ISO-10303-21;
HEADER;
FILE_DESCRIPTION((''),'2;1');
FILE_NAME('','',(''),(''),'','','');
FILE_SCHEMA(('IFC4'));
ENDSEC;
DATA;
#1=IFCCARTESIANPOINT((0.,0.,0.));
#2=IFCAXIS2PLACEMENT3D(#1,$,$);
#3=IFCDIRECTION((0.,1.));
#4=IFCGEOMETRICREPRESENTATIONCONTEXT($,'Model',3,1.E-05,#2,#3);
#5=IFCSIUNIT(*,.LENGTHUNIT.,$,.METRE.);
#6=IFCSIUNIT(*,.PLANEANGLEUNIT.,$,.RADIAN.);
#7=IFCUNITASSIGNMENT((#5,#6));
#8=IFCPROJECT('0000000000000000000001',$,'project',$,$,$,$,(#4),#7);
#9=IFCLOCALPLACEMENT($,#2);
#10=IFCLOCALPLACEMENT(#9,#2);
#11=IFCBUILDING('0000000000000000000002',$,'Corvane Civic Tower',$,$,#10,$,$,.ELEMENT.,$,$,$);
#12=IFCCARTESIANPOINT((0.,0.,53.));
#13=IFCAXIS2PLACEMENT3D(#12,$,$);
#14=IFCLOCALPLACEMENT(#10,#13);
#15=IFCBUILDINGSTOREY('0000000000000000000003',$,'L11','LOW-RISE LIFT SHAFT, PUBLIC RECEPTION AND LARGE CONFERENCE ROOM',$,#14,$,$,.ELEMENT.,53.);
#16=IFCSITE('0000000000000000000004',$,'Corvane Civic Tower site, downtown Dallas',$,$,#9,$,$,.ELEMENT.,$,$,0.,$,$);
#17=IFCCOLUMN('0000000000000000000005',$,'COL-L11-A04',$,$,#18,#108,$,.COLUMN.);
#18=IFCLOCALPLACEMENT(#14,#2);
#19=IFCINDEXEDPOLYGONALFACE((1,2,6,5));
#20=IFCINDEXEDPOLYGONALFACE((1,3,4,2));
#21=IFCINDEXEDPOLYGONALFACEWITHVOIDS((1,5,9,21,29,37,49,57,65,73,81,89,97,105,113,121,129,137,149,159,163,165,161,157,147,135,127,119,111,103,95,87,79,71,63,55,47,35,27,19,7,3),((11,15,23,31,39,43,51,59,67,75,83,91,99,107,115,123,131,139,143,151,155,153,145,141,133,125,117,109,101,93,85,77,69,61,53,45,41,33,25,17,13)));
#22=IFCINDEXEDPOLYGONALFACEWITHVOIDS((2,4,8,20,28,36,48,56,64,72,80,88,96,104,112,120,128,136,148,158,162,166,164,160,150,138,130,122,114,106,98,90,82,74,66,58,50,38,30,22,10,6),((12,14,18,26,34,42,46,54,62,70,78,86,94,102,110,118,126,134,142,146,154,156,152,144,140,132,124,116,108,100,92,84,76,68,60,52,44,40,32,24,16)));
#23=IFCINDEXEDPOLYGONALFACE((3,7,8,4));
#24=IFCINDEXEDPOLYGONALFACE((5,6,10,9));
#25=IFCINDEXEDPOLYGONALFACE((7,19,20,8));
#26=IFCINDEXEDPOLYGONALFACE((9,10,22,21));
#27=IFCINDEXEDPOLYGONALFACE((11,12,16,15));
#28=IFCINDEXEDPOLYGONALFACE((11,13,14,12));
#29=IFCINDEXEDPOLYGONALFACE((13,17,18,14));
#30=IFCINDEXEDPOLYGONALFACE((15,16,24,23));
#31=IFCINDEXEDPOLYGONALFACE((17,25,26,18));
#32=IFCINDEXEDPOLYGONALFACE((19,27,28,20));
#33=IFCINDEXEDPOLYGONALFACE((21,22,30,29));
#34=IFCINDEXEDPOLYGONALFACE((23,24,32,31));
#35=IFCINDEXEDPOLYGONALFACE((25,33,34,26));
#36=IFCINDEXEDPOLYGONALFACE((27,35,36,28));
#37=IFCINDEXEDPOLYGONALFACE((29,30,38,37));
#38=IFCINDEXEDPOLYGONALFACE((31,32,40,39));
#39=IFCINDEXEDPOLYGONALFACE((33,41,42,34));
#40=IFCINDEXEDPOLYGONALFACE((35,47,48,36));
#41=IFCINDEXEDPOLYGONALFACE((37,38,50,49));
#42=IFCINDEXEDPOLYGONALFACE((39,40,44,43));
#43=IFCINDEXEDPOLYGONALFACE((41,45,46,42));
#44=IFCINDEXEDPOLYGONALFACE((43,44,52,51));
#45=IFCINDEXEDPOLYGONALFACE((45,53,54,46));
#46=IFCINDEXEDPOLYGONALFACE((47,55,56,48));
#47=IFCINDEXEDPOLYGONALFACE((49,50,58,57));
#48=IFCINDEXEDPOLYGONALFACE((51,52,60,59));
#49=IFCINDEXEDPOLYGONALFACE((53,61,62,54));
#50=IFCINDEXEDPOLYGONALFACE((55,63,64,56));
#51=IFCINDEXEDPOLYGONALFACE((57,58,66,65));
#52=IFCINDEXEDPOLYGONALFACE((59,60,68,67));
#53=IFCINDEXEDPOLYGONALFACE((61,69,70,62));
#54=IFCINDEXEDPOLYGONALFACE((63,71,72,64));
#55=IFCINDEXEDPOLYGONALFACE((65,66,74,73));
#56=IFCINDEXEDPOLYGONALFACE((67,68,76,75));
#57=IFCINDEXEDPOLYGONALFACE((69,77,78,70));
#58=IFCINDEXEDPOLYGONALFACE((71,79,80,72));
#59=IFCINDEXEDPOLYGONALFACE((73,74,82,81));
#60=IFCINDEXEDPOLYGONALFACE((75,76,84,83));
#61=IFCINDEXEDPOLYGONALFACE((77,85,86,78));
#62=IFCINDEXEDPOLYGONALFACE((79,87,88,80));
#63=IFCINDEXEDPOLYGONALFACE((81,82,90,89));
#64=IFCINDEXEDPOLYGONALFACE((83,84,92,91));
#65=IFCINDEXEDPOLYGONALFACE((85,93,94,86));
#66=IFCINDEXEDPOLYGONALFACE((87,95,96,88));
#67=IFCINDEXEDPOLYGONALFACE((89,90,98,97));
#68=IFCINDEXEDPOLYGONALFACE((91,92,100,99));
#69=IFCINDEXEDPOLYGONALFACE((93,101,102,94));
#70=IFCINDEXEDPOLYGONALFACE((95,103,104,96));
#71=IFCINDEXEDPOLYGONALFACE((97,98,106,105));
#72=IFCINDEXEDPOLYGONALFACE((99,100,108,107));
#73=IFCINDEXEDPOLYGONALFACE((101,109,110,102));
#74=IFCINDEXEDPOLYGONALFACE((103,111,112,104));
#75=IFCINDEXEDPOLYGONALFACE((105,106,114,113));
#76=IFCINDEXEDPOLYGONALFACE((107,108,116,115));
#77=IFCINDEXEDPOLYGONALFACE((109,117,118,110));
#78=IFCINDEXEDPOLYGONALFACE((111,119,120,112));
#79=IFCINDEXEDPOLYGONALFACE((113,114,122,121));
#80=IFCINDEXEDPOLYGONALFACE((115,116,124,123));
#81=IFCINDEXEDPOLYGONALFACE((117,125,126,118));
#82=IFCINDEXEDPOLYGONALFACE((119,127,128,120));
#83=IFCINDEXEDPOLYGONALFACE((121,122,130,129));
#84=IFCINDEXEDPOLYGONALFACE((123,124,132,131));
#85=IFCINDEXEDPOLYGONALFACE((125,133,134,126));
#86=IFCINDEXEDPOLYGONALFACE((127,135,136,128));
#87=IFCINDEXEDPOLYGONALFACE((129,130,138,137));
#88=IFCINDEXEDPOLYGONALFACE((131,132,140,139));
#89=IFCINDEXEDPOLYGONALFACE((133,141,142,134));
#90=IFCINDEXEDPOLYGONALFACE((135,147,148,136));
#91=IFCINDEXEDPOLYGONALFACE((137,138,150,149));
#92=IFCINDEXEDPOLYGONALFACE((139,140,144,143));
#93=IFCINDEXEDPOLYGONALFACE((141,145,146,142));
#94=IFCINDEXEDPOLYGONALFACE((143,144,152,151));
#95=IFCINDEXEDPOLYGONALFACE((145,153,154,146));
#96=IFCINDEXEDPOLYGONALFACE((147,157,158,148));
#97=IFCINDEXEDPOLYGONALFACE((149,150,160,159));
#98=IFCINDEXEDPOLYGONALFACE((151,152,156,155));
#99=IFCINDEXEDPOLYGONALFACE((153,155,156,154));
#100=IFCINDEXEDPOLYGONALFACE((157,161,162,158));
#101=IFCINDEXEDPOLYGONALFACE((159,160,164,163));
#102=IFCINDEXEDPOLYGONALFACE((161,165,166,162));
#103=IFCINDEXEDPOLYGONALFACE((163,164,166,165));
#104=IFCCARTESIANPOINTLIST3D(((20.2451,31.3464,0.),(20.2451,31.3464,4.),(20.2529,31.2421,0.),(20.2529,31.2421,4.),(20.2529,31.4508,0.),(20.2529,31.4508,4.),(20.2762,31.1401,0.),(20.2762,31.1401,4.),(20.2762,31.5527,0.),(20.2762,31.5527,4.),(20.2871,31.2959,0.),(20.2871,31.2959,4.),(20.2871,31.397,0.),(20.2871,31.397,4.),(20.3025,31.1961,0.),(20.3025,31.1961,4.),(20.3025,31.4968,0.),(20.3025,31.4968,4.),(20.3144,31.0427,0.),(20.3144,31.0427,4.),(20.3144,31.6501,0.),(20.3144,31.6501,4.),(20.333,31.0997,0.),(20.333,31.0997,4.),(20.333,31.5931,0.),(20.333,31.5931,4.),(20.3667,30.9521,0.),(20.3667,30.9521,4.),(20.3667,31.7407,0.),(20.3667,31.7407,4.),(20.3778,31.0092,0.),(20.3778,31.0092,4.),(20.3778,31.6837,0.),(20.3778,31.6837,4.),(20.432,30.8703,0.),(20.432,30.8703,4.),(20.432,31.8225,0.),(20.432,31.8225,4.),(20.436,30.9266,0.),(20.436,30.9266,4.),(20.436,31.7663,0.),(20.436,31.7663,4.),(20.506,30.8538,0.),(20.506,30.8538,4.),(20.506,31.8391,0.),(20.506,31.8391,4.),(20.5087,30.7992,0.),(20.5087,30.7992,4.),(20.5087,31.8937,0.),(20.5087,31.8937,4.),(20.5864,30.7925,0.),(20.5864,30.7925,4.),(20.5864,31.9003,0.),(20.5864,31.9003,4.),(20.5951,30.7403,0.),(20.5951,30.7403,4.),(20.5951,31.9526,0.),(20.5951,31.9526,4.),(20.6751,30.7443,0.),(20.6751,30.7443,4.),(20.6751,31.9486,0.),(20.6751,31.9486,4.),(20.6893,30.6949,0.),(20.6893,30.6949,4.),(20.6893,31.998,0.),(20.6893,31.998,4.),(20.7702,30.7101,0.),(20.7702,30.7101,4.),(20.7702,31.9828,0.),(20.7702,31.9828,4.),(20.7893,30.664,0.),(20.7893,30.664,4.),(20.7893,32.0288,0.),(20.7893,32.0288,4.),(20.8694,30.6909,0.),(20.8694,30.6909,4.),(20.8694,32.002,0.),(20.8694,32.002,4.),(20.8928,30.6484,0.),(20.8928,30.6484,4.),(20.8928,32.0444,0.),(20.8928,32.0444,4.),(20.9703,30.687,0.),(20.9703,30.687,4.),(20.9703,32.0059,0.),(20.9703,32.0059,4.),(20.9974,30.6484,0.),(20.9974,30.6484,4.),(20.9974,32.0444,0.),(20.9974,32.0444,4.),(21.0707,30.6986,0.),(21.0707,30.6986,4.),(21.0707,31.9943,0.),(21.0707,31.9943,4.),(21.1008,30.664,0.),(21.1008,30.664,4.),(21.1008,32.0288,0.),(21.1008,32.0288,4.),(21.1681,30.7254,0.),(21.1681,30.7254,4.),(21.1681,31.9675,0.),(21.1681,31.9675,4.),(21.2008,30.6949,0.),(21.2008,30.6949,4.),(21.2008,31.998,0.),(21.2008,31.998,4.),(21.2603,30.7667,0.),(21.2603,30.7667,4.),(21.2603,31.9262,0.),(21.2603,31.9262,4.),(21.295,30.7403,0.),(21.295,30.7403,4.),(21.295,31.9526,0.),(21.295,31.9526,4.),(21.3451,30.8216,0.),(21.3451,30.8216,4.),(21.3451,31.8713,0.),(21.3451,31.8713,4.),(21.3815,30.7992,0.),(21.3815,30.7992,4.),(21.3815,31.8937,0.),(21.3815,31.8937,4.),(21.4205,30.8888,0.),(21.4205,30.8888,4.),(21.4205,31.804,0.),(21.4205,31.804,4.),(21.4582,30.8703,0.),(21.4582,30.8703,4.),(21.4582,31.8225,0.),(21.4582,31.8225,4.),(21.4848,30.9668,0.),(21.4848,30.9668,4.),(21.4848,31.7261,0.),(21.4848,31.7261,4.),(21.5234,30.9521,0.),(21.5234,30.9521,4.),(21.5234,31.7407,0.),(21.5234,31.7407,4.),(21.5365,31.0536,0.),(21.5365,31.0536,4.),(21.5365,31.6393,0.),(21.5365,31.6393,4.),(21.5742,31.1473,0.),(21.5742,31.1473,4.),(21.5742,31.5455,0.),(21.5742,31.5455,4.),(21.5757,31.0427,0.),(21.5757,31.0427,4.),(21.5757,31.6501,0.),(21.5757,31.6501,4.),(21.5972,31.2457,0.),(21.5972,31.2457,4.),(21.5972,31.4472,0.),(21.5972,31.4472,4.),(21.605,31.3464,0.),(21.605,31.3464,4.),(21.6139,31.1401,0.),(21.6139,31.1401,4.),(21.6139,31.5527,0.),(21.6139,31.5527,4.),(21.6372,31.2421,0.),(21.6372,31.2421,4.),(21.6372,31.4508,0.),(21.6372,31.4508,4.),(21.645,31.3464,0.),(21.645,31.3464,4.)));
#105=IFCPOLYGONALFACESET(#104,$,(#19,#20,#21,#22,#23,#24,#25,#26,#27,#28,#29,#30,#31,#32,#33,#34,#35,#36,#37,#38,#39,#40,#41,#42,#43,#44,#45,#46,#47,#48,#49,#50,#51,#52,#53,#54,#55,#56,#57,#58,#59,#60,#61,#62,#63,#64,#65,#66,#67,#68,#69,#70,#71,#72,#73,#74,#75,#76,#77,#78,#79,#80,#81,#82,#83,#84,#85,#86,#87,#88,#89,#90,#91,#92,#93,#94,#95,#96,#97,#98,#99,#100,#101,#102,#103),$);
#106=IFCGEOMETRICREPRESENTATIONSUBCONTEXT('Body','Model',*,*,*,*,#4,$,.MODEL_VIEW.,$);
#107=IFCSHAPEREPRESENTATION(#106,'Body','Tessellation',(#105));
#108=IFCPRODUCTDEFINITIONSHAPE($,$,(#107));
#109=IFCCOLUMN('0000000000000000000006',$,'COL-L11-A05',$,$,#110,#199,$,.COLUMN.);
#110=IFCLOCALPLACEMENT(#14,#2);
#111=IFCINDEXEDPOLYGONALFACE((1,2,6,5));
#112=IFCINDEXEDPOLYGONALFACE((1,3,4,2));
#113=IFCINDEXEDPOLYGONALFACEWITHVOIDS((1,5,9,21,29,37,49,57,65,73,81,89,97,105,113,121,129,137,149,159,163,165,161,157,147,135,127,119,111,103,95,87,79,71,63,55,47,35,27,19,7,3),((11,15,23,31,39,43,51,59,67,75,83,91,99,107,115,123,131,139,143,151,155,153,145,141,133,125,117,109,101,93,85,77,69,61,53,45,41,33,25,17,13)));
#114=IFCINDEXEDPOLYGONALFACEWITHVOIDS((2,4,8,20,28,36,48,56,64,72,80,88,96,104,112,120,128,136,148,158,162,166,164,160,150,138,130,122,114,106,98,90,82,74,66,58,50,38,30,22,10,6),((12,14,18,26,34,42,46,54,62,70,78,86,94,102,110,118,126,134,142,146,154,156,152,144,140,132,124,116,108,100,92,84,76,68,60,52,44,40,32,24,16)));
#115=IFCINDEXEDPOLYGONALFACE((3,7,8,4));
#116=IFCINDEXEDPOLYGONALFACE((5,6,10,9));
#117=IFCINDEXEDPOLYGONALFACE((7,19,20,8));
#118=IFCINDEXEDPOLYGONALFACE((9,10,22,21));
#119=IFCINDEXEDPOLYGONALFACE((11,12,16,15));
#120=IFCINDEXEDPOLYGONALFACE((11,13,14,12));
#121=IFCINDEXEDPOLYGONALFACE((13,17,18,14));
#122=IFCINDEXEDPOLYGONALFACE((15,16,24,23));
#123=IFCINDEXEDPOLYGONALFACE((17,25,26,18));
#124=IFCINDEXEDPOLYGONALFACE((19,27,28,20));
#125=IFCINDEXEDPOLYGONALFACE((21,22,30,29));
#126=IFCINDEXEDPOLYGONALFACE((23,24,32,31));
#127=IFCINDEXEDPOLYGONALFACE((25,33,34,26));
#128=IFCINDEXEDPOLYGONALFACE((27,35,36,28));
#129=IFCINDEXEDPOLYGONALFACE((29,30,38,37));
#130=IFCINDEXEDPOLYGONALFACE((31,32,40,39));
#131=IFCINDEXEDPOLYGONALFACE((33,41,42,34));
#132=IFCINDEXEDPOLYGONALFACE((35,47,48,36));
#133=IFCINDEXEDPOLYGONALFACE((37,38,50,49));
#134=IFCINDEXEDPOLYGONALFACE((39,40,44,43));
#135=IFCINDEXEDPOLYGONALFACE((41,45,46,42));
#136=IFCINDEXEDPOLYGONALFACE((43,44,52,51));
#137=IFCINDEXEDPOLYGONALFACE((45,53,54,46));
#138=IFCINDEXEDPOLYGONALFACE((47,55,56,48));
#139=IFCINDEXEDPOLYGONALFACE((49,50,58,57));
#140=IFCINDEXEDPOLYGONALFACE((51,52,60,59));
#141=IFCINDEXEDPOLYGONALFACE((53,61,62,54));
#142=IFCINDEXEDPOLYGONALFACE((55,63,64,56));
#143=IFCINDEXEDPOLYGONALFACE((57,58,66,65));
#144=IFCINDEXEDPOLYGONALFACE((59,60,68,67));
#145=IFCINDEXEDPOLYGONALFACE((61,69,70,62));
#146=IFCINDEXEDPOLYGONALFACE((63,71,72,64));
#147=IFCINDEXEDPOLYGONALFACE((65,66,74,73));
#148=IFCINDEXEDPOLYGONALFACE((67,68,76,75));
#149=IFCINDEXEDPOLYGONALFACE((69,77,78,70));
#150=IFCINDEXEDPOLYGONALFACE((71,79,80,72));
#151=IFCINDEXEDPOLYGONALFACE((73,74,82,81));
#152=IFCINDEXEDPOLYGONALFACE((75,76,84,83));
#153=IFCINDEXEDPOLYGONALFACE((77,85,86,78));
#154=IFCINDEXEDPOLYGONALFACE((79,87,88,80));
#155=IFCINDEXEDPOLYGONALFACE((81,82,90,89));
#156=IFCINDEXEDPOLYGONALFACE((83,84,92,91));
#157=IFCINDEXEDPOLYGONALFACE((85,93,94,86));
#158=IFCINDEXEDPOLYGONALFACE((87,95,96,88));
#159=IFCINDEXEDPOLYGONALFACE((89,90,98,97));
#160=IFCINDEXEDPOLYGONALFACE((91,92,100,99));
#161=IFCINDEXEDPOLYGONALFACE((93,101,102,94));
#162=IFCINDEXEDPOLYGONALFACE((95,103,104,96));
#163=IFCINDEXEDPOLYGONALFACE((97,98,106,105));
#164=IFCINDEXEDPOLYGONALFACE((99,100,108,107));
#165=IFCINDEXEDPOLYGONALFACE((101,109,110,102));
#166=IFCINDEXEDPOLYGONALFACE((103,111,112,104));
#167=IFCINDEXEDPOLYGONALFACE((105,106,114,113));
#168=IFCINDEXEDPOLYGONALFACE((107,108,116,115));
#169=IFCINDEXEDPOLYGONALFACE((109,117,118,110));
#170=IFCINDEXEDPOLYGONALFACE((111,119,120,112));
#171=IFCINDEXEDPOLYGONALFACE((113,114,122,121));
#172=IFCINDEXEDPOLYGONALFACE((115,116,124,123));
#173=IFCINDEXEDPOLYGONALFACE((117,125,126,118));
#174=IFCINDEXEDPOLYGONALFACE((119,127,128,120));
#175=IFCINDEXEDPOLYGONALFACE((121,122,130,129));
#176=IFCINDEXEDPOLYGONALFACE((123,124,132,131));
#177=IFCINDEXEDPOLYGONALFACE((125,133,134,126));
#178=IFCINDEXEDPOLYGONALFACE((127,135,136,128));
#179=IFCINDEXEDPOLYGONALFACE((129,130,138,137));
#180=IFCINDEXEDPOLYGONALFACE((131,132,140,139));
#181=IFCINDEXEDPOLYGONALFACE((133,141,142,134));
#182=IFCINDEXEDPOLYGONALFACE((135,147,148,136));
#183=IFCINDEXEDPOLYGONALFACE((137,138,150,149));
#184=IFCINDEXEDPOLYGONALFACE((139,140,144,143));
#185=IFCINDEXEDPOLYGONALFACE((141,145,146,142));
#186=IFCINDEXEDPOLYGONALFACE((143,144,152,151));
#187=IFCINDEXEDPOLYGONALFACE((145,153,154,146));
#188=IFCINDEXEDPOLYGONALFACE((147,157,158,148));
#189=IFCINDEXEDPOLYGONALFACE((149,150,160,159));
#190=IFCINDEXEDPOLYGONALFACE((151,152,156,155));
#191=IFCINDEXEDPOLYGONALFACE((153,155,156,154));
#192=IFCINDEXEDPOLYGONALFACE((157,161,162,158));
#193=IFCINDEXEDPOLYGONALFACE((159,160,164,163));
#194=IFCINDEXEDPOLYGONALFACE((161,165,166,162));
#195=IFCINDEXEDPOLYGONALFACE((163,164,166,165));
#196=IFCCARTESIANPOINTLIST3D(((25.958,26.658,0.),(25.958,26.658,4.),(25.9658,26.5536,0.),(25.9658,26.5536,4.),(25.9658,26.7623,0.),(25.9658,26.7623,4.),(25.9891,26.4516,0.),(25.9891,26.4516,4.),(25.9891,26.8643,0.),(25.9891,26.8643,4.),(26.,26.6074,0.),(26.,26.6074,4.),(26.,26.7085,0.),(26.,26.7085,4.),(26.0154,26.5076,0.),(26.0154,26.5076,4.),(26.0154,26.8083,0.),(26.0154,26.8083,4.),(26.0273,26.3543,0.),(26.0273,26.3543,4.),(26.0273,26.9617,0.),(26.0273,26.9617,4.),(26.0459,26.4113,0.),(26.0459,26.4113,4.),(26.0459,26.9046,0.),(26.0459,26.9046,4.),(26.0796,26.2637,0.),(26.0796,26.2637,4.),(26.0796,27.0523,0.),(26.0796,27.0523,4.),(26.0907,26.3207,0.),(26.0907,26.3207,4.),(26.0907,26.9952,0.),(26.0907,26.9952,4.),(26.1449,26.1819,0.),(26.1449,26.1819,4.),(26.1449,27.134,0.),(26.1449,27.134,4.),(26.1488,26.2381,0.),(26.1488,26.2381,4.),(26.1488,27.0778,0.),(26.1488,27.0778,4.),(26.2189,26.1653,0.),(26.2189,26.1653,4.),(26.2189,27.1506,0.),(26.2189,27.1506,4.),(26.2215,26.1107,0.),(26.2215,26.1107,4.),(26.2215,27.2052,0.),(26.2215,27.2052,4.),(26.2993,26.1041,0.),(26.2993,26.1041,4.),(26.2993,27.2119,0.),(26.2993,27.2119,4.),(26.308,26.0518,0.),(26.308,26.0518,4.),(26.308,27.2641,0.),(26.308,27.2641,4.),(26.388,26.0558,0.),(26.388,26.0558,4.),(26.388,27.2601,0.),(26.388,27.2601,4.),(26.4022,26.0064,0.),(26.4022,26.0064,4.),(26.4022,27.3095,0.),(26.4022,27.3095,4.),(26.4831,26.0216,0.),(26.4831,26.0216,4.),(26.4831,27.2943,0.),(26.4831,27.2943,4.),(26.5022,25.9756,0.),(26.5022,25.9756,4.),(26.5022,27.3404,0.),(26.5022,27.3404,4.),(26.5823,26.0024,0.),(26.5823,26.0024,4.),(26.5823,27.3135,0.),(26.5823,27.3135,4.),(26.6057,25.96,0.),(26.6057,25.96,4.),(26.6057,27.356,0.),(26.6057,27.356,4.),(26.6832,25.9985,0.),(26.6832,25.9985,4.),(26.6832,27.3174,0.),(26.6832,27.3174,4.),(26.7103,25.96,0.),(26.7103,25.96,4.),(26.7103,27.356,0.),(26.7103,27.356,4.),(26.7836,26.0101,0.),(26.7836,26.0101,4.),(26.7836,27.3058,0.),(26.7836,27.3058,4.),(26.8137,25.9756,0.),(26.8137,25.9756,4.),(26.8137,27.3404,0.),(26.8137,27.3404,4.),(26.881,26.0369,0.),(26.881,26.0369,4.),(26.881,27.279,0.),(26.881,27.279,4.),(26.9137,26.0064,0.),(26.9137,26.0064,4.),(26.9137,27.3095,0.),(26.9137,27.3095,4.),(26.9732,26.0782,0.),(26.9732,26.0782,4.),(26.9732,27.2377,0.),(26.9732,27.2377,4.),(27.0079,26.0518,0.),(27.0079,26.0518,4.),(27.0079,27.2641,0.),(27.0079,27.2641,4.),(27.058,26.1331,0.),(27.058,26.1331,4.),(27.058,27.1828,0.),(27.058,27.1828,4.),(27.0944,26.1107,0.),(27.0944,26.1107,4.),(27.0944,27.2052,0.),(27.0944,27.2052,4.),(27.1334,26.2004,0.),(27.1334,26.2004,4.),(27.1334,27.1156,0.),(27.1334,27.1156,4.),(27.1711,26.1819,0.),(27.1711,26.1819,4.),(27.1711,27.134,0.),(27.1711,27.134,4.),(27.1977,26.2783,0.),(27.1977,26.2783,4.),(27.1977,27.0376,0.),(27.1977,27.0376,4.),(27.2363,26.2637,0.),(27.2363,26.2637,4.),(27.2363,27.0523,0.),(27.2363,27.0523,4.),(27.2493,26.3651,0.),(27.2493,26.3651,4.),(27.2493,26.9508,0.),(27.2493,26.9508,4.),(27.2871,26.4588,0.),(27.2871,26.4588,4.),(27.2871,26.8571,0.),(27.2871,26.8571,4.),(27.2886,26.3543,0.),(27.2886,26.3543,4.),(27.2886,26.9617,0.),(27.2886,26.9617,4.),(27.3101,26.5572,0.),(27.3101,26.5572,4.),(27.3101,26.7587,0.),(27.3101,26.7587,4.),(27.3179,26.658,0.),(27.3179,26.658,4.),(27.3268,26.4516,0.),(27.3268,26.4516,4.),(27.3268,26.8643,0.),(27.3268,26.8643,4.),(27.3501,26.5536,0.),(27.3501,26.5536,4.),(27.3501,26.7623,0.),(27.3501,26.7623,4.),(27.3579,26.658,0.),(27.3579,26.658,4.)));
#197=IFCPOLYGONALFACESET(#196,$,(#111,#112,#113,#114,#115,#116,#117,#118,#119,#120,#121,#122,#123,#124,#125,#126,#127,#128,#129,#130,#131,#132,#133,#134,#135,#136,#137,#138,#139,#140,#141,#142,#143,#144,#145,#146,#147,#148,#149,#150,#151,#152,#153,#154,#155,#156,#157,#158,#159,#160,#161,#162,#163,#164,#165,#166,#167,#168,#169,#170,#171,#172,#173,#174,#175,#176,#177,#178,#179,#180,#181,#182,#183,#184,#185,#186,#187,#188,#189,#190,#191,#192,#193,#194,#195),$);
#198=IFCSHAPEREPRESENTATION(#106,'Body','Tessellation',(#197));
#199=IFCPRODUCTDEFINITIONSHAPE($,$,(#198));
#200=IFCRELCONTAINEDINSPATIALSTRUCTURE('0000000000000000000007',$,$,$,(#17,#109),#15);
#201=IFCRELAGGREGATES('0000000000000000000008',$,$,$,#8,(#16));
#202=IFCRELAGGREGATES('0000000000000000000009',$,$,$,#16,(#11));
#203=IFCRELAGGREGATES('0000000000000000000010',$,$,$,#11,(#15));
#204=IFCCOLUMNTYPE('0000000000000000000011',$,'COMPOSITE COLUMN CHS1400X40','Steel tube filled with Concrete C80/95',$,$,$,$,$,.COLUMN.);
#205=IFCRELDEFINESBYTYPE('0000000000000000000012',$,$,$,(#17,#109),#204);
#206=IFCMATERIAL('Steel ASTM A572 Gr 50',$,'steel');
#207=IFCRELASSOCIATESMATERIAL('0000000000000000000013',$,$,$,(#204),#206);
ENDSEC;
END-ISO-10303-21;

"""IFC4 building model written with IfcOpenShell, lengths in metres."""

from ifc_helpers import new_model, si_unit, direction, frame, origin, origin_2d, place, context, subcontext, project, spatial, hollow_circle, extrude, material, material_profile, profile_set, type_object, element, save


model = new_model("IFC4")

# Units and contexts
model_context = context("Model", 3, precision=1e-05, world=origin(), true_north=direction((0.0, 1.0)))
body_context = subcontext(model_context, "Body", "Model", "MODEL_VIEW")
ifc_project = project(units=[si_unit("LENGTHUNIT", "METRE"), si_unit("PLANEANGLEUNIT", "RADIAN")], contexts=[model_context])

# Site, building, storey
site_placement = place(None, origin())
site = spatial("IfcSite", under=ifc_project, at=site_placement, Name="Corvane Civic Tower site, downtown Dallas", CompositionType="ELEMENT", RefElevation=0.0)
building_placement = place(site_placement, origin())
building = spatial("IfcBuilding", under=site, at=building_placement, Name="Corvane Civic Tower", CompositionType="ELEMENT")
storey_placement = place(building_placement, frame((0.0, 0.0, 53.0)))
storey = spatial("IfcBuildingStorey", under=building, at=storey_placement, Name="L11", Description="LOW-RISE LIFT SHAFT, PUBLIC RECEPTION AND LARGE CONFERENCE ROOM", CompositionType="ELEMENT", Elevation=53.0)

# Columns
ifc_material_1 = material(Name="Steel ASTM A572 Gr 50", Category="steel")
ifc_material_profile_1 = material_profile(ifc_material_1, hollow_circle(Radius=0.7, WallThickness=0.04, at=origin_2d()), Name="CHS1400X40")
ifc_profile_set_1 = profile_set([ifc_material_profile_1], Name="Steel ASTM A572 Gr 50")
column_type = type_object("IfcColumnType", Name="COMPOSITE COLUMN CHS1400X40", Description="Steel tube filled with Concrete C80/95", PredefinedType="COLUMN", material=ifc_profile_set_1)
for number, where, z_axis, x_axis, name in (
    (1, (20.9451, 31.3464, 0.0), (0.0, 0.0, 1.0), (1.0, 0.0, 0.0), "COL-L11-A04"),
    (2, (26.658, 26.658, 0.0), (0.0, 0.0, 1.0), (1.0, 0.0, 0.0), "COL-L11-A05"),
):
    element("IfcColumn", number, at=place(storey_placement, frame(where, z_axis=z_axis, x_axis=x_axis)), inside=storey, type_object=column_type, Name=name, PredefinedType="COLUMN", context=body_context, shape_type="SweptSolid", body=[
        extrude(hollow_circle(Radius=0.7, WallThickness=0.04, at=origin_2d()), origin(), (0.0, 0.0, 1.0), 4.0),
    ])

save(model, "model.ifc")
